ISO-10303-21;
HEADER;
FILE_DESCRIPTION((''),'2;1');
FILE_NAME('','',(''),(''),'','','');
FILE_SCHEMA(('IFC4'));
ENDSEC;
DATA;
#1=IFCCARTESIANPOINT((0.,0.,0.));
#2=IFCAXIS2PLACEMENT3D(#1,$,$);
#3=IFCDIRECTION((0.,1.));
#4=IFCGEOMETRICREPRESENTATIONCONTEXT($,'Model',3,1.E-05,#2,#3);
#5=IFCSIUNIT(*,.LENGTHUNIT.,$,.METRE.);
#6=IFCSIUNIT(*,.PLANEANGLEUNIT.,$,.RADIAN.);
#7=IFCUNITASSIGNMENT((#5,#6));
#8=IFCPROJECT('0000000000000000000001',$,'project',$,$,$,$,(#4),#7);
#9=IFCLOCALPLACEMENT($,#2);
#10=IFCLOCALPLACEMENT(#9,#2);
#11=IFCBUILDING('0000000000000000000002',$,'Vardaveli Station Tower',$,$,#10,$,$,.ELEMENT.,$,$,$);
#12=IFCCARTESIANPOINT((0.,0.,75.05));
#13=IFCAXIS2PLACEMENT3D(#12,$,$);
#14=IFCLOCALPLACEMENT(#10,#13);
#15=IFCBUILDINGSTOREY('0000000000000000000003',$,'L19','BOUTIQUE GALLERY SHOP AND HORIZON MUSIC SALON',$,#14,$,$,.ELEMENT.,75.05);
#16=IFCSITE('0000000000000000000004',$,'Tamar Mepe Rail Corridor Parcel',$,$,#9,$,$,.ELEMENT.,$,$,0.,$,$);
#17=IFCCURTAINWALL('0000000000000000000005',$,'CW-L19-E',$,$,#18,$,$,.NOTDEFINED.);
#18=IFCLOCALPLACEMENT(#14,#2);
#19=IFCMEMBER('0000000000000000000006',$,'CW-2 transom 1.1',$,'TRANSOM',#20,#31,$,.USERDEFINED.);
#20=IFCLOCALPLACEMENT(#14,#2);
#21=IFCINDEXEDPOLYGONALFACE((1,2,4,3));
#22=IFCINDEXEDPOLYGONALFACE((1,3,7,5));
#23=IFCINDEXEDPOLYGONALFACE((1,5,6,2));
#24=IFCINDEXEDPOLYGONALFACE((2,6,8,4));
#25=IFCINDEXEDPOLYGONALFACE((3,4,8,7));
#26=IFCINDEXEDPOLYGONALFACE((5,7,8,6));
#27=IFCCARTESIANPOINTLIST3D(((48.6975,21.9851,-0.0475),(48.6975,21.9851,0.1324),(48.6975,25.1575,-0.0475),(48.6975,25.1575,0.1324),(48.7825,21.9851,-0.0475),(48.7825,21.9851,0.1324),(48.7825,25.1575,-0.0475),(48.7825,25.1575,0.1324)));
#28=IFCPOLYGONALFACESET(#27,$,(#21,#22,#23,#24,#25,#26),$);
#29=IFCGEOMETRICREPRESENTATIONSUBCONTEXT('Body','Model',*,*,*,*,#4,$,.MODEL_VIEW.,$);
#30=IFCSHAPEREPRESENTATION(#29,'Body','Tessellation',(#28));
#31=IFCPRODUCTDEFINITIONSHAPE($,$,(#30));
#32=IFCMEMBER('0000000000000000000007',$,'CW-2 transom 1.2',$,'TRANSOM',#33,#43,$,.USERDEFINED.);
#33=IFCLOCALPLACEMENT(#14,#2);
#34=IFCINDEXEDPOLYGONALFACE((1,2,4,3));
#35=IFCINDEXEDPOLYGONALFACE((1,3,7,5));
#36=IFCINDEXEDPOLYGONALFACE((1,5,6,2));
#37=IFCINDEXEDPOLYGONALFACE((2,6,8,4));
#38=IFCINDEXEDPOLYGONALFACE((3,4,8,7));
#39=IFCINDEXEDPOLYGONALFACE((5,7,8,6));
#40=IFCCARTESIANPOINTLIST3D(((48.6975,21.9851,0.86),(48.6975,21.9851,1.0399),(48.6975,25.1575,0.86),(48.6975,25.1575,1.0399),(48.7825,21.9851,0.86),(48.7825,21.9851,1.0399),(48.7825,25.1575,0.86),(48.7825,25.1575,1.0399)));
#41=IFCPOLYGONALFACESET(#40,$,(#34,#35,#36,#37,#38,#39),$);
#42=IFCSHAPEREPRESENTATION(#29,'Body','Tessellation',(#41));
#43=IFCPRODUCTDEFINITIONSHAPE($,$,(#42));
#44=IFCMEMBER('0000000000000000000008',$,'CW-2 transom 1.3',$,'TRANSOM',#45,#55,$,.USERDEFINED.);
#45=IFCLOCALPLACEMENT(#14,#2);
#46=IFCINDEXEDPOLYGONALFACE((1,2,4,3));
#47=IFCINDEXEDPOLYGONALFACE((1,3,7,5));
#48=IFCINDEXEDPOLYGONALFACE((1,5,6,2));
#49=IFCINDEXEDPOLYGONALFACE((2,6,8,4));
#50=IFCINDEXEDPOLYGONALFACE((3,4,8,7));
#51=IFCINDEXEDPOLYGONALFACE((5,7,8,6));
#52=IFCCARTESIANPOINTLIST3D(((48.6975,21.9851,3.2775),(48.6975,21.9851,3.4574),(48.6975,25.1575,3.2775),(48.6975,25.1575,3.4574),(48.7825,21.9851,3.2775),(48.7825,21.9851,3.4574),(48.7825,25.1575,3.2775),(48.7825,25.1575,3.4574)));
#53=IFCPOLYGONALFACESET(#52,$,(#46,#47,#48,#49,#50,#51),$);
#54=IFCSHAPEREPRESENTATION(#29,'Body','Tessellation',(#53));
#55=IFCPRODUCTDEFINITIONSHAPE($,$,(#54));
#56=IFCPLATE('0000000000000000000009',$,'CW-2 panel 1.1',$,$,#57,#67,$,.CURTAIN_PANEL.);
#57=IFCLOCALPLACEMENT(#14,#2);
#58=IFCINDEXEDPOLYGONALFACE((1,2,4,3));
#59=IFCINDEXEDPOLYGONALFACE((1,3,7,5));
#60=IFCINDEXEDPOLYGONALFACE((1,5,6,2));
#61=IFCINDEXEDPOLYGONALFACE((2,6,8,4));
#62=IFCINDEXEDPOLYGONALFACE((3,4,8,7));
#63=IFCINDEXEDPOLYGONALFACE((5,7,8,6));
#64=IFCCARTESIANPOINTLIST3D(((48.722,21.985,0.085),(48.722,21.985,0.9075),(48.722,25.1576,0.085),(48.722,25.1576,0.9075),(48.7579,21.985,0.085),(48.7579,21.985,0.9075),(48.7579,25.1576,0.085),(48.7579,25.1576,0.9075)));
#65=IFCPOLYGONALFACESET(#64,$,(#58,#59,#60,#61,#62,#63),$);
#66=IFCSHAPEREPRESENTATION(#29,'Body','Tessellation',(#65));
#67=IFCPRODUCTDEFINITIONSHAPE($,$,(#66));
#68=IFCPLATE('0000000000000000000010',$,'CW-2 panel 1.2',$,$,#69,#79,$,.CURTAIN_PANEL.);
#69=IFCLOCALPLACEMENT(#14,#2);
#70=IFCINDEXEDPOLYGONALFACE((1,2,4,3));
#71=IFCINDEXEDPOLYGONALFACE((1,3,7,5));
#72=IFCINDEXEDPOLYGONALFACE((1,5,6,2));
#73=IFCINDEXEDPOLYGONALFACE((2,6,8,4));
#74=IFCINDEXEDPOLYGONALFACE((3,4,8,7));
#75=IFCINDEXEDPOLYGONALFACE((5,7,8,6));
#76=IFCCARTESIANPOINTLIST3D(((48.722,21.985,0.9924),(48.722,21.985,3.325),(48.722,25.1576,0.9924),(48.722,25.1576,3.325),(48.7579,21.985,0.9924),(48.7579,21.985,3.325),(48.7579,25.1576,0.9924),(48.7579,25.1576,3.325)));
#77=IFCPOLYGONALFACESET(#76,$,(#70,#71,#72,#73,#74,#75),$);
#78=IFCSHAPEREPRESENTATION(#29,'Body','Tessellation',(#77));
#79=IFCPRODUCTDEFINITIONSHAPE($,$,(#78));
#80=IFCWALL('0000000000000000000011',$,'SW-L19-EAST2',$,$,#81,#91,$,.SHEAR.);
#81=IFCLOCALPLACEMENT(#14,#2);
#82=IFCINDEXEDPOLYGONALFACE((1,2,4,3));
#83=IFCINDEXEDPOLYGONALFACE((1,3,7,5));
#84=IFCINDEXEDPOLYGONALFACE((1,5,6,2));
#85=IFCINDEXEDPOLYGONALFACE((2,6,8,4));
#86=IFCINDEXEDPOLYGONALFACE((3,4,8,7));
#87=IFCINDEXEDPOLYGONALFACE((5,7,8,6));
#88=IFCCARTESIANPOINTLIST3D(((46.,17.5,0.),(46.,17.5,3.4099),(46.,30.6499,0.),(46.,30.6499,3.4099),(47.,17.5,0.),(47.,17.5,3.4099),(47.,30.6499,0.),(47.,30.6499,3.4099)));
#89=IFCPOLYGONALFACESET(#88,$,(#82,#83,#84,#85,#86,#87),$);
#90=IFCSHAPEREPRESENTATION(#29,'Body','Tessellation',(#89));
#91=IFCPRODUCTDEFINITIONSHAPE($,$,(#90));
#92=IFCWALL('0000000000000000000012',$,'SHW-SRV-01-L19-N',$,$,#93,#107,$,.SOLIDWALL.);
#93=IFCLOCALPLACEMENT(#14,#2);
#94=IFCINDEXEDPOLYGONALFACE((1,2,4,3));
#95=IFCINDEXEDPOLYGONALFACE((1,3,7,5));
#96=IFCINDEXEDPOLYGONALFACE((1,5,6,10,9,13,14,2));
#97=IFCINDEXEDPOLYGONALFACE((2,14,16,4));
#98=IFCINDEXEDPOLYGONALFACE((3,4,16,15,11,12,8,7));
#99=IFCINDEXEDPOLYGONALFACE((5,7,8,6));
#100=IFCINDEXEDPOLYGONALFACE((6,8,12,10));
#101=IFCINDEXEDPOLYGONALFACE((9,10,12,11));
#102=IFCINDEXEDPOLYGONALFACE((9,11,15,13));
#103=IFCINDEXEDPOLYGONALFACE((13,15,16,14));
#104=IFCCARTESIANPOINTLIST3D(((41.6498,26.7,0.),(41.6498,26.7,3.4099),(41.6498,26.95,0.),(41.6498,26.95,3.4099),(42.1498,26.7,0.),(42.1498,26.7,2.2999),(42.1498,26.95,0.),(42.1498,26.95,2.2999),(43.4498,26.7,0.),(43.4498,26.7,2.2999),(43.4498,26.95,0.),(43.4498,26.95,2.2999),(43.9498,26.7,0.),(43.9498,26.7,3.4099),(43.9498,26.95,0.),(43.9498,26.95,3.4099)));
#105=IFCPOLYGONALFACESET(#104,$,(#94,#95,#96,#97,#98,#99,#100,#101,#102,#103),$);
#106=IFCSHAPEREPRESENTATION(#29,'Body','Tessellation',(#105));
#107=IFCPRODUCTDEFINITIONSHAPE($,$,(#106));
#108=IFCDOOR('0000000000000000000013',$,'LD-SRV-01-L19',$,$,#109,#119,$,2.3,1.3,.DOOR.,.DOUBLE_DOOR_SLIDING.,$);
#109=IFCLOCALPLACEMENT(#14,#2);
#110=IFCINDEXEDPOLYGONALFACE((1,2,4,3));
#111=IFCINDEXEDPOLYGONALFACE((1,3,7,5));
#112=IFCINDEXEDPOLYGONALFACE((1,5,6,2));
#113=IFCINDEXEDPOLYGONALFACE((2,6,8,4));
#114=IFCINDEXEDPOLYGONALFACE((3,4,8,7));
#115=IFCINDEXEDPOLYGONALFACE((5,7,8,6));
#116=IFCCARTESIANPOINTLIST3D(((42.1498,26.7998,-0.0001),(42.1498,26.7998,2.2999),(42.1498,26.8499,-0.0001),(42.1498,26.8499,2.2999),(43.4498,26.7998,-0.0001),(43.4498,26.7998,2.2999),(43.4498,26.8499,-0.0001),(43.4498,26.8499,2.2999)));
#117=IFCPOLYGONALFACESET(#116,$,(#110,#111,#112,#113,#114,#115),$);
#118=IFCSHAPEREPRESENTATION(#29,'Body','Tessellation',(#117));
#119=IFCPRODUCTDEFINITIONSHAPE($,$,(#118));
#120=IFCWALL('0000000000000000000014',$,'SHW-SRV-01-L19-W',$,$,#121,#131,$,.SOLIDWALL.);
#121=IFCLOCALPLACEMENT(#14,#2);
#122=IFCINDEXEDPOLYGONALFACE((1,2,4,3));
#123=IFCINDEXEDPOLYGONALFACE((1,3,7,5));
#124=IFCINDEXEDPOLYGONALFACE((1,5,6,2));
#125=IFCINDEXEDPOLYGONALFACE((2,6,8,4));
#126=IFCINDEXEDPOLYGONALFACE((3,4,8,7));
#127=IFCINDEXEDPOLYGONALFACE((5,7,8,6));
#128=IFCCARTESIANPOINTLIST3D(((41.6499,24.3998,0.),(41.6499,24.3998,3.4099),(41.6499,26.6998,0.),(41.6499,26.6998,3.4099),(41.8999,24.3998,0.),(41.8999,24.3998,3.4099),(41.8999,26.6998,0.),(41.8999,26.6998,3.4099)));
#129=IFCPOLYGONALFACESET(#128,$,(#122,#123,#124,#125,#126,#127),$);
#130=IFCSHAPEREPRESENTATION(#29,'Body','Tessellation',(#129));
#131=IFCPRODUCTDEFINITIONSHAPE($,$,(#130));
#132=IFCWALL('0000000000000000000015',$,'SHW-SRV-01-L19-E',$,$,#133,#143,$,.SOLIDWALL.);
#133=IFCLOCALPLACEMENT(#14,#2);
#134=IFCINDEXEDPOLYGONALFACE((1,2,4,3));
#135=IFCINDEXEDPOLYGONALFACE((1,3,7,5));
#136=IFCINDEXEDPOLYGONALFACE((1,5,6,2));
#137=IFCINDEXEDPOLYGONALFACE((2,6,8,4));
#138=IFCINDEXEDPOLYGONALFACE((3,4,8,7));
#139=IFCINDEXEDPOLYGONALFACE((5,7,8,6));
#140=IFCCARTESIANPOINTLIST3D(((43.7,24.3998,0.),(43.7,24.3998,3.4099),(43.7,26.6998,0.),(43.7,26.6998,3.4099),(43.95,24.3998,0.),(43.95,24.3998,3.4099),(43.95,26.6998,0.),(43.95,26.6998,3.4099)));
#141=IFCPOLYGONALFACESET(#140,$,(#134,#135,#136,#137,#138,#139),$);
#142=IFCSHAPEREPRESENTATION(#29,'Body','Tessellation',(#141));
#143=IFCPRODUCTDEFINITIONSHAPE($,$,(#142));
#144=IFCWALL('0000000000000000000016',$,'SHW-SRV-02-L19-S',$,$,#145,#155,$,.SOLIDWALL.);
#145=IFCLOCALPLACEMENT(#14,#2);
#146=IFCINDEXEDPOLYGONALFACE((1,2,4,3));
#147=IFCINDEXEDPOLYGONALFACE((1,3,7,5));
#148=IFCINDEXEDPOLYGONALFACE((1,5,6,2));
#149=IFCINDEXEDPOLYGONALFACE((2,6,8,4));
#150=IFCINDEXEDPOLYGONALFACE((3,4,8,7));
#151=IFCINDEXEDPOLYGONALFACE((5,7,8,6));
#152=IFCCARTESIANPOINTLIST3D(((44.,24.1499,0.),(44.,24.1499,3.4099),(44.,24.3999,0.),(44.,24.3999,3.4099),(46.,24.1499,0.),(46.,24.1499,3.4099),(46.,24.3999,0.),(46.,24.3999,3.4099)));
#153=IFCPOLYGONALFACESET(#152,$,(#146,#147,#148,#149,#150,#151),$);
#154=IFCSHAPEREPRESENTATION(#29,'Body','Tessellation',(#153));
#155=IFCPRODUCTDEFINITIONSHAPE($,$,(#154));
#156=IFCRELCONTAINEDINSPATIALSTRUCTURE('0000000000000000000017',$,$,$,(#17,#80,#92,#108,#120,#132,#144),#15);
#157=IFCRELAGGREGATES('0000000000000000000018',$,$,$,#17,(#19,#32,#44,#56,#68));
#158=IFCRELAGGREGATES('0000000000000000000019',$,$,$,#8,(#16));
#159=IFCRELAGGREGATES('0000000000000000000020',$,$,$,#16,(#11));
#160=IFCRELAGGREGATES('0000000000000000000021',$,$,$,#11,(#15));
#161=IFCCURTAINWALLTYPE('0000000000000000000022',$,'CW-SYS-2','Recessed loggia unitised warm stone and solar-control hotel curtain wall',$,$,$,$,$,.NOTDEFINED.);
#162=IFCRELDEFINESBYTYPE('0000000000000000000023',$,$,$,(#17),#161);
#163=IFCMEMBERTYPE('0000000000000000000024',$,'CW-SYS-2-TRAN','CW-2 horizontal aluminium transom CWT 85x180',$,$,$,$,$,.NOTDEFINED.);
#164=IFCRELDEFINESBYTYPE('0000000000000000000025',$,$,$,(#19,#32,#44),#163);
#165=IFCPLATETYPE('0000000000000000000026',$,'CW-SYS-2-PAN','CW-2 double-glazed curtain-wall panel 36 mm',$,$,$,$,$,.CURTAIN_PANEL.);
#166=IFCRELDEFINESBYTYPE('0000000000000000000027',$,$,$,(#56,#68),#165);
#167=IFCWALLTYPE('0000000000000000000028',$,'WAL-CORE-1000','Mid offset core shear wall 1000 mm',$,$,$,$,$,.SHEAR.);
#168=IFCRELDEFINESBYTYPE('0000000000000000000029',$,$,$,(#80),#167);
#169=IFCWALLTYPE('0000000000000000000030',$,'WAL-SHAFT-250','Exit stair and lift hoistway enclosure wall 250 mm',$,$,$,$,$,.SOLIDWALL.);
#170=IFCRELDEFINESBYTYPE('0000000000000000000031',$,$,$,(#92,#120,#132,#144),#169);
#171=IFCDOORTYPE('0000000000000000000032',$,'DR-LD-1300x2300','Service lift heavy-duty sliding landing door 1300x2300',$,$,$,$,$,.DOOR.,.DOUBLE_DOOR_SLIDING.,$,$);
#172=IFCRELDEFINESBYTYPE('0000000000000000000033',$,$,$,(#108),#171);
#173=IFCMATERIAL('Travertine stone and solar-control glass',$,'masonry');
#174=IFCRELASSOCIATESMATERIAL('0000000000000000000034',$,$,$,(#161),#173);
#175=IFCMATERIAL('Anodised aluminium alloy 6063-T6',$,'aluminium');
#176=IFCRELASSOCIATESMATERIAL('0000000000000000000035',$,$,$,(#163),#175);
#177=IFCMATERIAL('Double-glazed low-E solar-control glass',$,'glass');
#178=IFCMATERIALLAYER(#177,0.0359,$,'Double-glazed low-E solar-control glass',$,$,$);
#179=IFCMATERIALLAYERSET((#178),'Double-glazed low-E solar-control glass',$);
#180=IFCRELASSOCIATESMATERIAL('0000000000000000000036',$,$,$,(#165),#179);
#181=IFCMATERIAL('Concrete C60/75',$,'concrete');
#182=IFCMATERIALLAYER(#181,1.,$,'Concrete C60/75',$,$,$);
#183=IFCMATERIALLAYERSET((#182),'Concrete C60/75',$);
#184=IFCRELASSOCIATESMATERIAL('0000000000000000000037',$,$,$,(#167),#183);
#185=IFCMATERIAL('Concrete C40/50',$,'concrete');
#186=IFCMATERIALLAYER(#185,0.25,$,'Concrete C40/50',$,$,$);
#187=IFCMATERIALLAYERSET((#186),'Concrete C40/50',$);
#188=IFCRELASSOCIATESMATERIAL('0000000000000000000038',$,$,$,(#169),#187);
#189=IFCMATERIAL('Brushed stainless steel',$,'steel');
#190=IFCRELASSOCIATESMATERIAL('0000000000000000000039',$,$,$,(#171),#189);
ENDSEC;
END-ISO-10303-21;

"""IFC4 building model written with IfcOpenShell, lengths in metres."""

from ifc_helpers import new_model, si_unit, direction, frame, frame_2d, origin, origin_2d, place, context, subcontext, project, spatial, rectangle, extrude, source, transform, mapped, material, layer, layer_set, material_profile, profile_set, type_object, element, fill, aggregate, save


model = new_model("IFC4")

# Units and contexts
model_context = context("Model", 3, precision=1e-05, world=origin(), true_north=direction((0.0, 1.0)))
body_context = subcontext(model_context, "Body", "Model", "MODEL_VIEW")
ifc_project = project(units=[si_unit("LENGTHUNIT", "METRE"), si_unit("PLANEANGLEUNIT", "RADIAN")], contexts=[model_context])

# Site, building, storey
site_placement = place(None, origin())
site = spatial("IfcSite", under=ifc_project, at=site_placement, Name="Tamar Mepe Rail Corridor Parcel", CompositionType="ELEMENT", RefElevation=0.0)
building_placement = place(site_placement, origin())
building = spatial("IfcBuilding", under=site, at=building_placement, Name="Vardaveli Station Tower", CompositionType="ELEMENT")
storey_placement = place(building_placement, frame((0.0, 0.0, 75.05)))
storey = spatial("IfcBuildingStorey", under=building, at=storey_placement, Name="L19", Description="BOUTIQUE GALLERY SHOP AND HORIZON MUSIC SALON", CompositionType="ELEMENT", Elevation=75.05)

# Curtain wall, members, plates
ifc_material_1 = material(Name="Travertine stone and solar-control glass", Category="masonry")
curtain_wall_type = type_object("IfcCurtainWallType", Name="CW-SYS-2", Description="Recessed loggia unitised warm stone and solar-control hotel curtain wall", PredefinedType="NOTDEFINED", material=ifc_material_1)
curtain_wall_placement = place(storey_placement, origin())
curtain_wall = element("IfcCurtainWall", 1, at=curtain_wall_placement, inside=storey, type_object=curtain_wall_type, Name="CW-L19-E", PredefinedType="NOTDEFINED")
ifc_material_2 = material(Name="Anodised aluminium alloy 6063-T6", Category="aluminium")
ifc_material_profile_1 = material_profile(ifc_material_2, rectangle(XDim=0.085, YDim=0.1799, at=origin_2d()), Name="CWT 85x180")
ifc_profile_set_1 = profile_set([ifc_material_profile_1], Name="Anodised aluminium alloy 6063-T6")
member_type_1 = type_object("IfcMemberType", Name="CW-SYS-2-TRAN", Description="CW-2 horizontal aluminium transom CWT 85x180", PredefinedType="NOTDEFINED", material=ifc_profile_set_1)
shared_shape_1 = source(origin(), body_context, "Body", "SweptSolid", [
    extrude(rectangle(XDim=0.085, YDim=0.1799, at=origin_2d()), origin(), (0.0, 0.0, 1.0), 3.1724),
])
member_1_placement = place(storey_placement, frame((48.74, 21.9851, 0.0425), z_axis=(0.0, 1.0, 0.0), x_axis=(-1.0, 0.0, 0.0)))
member_1 = element("IfcMember", 2, at=member_1_placement, type_object=member_type_1, Name="CW-2 transom 1.1", ObjectType="TRANSOM", PredefinedType="USERDEFINED", context=body_context, shape_type="MappedRepresentation", body=[
    mapped(shared_shape_1, transform((0.0, 0.0, 0.0), scale=1.0)),
])
member_2_placement = place(storey_placement, frame((48.74, 21.9851, 0.95), z_axis=(0.0, 1.0, 0.0), x_axis=(-1.0, 0.0, 0.0)))
member_2 = element("IfcMember", 3, at=member_2_placement, type_object=member_type_1, Name="CW-2 transom 1.2", ObjectType="TRANSOM", PredefinedType="USERDEFINED", context=body_context, shape_type="MappedRepresentation", body=[
    mapped(shared_shape_1, transform((0.0, 0.0, 0.0), scale=1.0)),
])
member_3_placement = place(storey_placement, frame((48.74, 21.9851, 3.3674), z_axis=(0.0, 1.0, 0.0), x_axis=(-1.0, 0.0, 0.0)))
member_3 = element("IfcMember", 4, at=member_3_placement, type_object=member_type_1, Name="CW-2 transom 1.3", ObjectType="TRANSOM", PredefinedType="USERDEFINED", context=body_context, shape_type="MappedRepresentation", body=[
    mapped(shared_shape_1, transform((0.0, 0.0, 0.0), scale=1.0)),
])
ifc_material_3 = material(Name="Double-glazed low-E solar-control glass", Category="glass")
ifc_layer_1 = layer(ifc_material_3, 0.0359, Name="Double-glazed low-E solar-control glass")
ifc_layer_set_1 = layer_set([ifc_layer_1], Name="Double-glazed low-E solar-control glass")
plate_type = type_object("IfcPlateType", Name="CW-SYS-2-PAN", Description="CW-2 double-glazed curtain-wall panel 36 mm", PredefinedType="CURTAIN_PANEL", material=ifc_layer_set_1)
shared_shape_2 = source(origin(), body_context, "Body", "SweptSolid", [
    extrude(rectangle(XDim=3.1726, YDim=0.0359, at=origin_2d()), origin(), (0.0, 0.0, 1.0), 0.8225),
])
plate_1_placement = place(storey_placement, frame((48.74, 23.5713, 0.085), z_axis=(0.0, 0.0, 1.0), x_axis=(0.0, 1.0, 0.0)))
plate_1 = element("IfcPlate", 5, at=plate_1_placement, type_object=plate_type, Name="CW-2 panel 1.1", PredefinedType="CURTAIN_PANEL", context=body_context, shape_type="MappedRepresentation", body=[
    mapped(shared_shape_2, transform((0.0, 0.0, 0.0), scale=1.0)),
])
shared_shape_3 = source(origin(), body_context, "Body", "SweptSolid", [
    extrude(rectangle(XDim=3.1726, YDim=0.0359, at=origin_2d()), origin(), (0.0, 0.0, 1.0), 2.3325),
])
plate_2_placement = place(storey_placement, frame((48.74, 23.5713, 0.9924), z_axis=(0.0, 0.0, 1.0), x_axis=(0.0, 1.0, 0.0)))
plate_2 = element("IfcPlate", 6, at=plate_2_placement, type_object=plate_type, Name="CW-2 panel 1.2", PredefinedType="CURTAIN_PANEL", context=body_context, shape_type="MappedRepresentation", body=[
    mapped(shared_shape_3, transform((0.0, 0.0, 0.0), scale=1.0)),
])
aggregate(curtain_wall, [member_1, member_2, member_3, plate_1, plate_2])

# Wall
ifc_material_4 = material(Name="Concrete C60/75", Category="concrete")
ifc_layer_2 = layer(ifc_material_4, 1.0, Name="Concrete C60/75")
ifc_layer_set_2 = layer_set([ifc_layer_2], Name="Concrete C60/75")
wall_type_1 = type_object("IfcWallType", Name="WAL-CORE-1000", Description="Mid offset core shear wall 1000 mm", PredefinedType="SHEAR", material=ifc_layer_set_2)
shared_shape_4 = source(origin(), body_context, "Body", "SweptSolid", [
    extrude(rectangle(XDim=13.1499, YDim=1.0, at=frame_2d((6.575, 0.0))), origin(), (0.0, 0.0, 1.0), 3.4099),
])
wall_1_placement = place(storey_placement, frame((46.5, 17.5, 0.0), z_axis=(0.0, 0.0, 1.0), x_axis=(0.0, 1.0, 0.0)))
element("IfcWall", 7, at=wall_1_placement, inside=storey, type_object=wall_type_1, Name="SW-L19-EAST2", PredefinedType="SHEAR", context=body_context, shape_type="MappedRepresentation", body=[
    mapped(shared_shape_4, transform((0.0, 0.0, 0.0), scale=1.0)),
])

# Wall, opening, door
ifc_material_5 = material(Name="Concrete C40/50", Category="concrete")
ifc_layer_3 = layer(ifc_material_5, 0.25, Name="Concrete C40/50")
ifc_layer_set_3 = layer_set([ifc_layer_3], Name="Concrete C40/50")
wall_type_2 = type_object("IfcWallType", Name="WAL-SHAFT-250", Description="Exit stair and lift hoistway enclosure wall 250 mm", PredefinedType="SOLIDWALL", material=ifc_layer_set_3)
shared_shape_5 = source(origin(), body_context, "Body", "SweptSolid", [
    extrude(rectangle(XDim=2.3, YDim=0.25, at=frame_2d((1.1499, 0.0))), origin(), (0.0, 0.0, 1.0), 3.4099),
])
wall_2_placement = place(storey_placement, frame((41.6499, 26.825, 0.0), z_axis=(0.0, 0.0, 1.0), x_axis=(1.0, 0.0, 0.0)))
wall_2 = element("IfcWall", 8, at=wall_2_placement, inside=storey, type_object=wall_type_2, Name="SHW-SRV-01-L19-N", PredefinedType="SOLIDWALL", context=body_context, shape_type="MappedRepresentation", body=[
    mapped(shared_shape_5, transform((0.0, 0.0, 0.0), scale=1.0)),
])
shared_shape_6 = source(origin(), body_context, "Body", "SweptSolid", [
    extrude(rectangle(XDim=1.3, YDim=2.3, at=frame_2d((0.6499, 1.1499))), frame((0.0, 0.135, 0.0), z_axis=(0.0, -1.0, 0.0), x_axis=(1.0, 0.0, 0.0)), (0.0, 0.0, 1.0), 0.27),
])
opening_1_placement = place(wall_2_placement, frame((0.5, 0.0, 0.0)))
opening_1 = element("IfcOpeningElement", 9, at=opening_1_placement, cuts=wall_2, PredefinedType="OPENING", context=body_context, shape_type="MappedRepresentation", body=[
    mapped(shared_shape_6, transform((0.0, 0.0, 0.0), scale=1.0)),
])
ifc_material_6 = material(Name="Brushed stainless steel", Category="steel")
door_type = type_object("IfcDoorType", Name="DR-LD-1300x2300", Description="Service lift heavy-duty sliding landing door 1300x2300", OperationType="DOUBLE_DOOR_SLIDING", PredefinedType="DOOR", material=ifc_material_6)
shared_shape_7 = source(origin(), body_context, "Body", "SweptSolid", [
    extrude(rectangle(XDim=1.3, YDim=2.3, at=frame_2d((0.6499, 1.1499))), frame((0.0, 0.0249, 0.0), z_axis=(0.0, -1.0, 0.0), x_axis=(1.0, 0.0, 0.0)), (0.0, 0.0, 1.0), 0.05),
])
door_1_placement = place(opening_1_placement, origin())
door_1 = element("IfcDoor", 10, at=door_1_placement, inside=storey, type_object=door_type, Name="LD-SRV-01-L19", OperationType="DOUBLE_DOOR_SLIDING", OverallHeight=2.3, OverallWidth=1.3, PredefinedType="DOOR", context=body_context, shape_type="MappedRepresentation", body=[
    mapped(shared_shape_7, transform((0.0, 0.0, 0.0), scale=1.0)),
])
fill(opening_1, door_1)

# Walls
for number, where, z_axis, x_axis, name in (
    (11, (41.7749, 24.3999, 0.0), (0.0, 0.0, 1.0), (0.0, 1.0, 0.0), "SHW-SRV-01-L19-W"),
    (12, (43.825, 24.3999, 0.0), (0.0, 0.0, 1.0), (0.0, 1.0, 0.0), "SHW-SRV-01-L19-E"),
):
    element("IfcWall", number, at=place(storey_placement, frame(where, z_axis=z_axis, x_axis=x_axis)), inside=storey, type_object=wall_type_2, Name=name, PredefinedType="SOLIDWALL", context=body_context, shape_type="MappedRepresentation", body=[
        mapped(shared_shape_5, transform((0.0, 0.0, 0.0), scale=1.0)),
    ])
shared_shape_8 = source(origin(), body_context, "Body", "SweptSolid", [
    extrude(rectangle(XDim=2.0, YDim=0.25, at=frame_2d((1.0, 0.0))), origin(), (0.0, 0.0, 1.0), 3.4099),
])
wall_3_placement = place(storey_placement, frame((44.0, 24.2749, 0.0), z_axis=(0.0, 0.0, 1.0), x_axis=(1.0, 0.0, 0.0)))
element("IfcWall", 13, at=wall_3_placement, inside=storey, type_object=wall_type_2, Name="SHW-SRV-02-L19-S", PredefinedType="SOLIDWALL", context=body_context, shape_type="MappedRepresentation", body=[
    mapped(shared_shape_8, transform((0.0, 0.0, 0.0), scale=1.0)),
])

save(model, "model.ifc")
